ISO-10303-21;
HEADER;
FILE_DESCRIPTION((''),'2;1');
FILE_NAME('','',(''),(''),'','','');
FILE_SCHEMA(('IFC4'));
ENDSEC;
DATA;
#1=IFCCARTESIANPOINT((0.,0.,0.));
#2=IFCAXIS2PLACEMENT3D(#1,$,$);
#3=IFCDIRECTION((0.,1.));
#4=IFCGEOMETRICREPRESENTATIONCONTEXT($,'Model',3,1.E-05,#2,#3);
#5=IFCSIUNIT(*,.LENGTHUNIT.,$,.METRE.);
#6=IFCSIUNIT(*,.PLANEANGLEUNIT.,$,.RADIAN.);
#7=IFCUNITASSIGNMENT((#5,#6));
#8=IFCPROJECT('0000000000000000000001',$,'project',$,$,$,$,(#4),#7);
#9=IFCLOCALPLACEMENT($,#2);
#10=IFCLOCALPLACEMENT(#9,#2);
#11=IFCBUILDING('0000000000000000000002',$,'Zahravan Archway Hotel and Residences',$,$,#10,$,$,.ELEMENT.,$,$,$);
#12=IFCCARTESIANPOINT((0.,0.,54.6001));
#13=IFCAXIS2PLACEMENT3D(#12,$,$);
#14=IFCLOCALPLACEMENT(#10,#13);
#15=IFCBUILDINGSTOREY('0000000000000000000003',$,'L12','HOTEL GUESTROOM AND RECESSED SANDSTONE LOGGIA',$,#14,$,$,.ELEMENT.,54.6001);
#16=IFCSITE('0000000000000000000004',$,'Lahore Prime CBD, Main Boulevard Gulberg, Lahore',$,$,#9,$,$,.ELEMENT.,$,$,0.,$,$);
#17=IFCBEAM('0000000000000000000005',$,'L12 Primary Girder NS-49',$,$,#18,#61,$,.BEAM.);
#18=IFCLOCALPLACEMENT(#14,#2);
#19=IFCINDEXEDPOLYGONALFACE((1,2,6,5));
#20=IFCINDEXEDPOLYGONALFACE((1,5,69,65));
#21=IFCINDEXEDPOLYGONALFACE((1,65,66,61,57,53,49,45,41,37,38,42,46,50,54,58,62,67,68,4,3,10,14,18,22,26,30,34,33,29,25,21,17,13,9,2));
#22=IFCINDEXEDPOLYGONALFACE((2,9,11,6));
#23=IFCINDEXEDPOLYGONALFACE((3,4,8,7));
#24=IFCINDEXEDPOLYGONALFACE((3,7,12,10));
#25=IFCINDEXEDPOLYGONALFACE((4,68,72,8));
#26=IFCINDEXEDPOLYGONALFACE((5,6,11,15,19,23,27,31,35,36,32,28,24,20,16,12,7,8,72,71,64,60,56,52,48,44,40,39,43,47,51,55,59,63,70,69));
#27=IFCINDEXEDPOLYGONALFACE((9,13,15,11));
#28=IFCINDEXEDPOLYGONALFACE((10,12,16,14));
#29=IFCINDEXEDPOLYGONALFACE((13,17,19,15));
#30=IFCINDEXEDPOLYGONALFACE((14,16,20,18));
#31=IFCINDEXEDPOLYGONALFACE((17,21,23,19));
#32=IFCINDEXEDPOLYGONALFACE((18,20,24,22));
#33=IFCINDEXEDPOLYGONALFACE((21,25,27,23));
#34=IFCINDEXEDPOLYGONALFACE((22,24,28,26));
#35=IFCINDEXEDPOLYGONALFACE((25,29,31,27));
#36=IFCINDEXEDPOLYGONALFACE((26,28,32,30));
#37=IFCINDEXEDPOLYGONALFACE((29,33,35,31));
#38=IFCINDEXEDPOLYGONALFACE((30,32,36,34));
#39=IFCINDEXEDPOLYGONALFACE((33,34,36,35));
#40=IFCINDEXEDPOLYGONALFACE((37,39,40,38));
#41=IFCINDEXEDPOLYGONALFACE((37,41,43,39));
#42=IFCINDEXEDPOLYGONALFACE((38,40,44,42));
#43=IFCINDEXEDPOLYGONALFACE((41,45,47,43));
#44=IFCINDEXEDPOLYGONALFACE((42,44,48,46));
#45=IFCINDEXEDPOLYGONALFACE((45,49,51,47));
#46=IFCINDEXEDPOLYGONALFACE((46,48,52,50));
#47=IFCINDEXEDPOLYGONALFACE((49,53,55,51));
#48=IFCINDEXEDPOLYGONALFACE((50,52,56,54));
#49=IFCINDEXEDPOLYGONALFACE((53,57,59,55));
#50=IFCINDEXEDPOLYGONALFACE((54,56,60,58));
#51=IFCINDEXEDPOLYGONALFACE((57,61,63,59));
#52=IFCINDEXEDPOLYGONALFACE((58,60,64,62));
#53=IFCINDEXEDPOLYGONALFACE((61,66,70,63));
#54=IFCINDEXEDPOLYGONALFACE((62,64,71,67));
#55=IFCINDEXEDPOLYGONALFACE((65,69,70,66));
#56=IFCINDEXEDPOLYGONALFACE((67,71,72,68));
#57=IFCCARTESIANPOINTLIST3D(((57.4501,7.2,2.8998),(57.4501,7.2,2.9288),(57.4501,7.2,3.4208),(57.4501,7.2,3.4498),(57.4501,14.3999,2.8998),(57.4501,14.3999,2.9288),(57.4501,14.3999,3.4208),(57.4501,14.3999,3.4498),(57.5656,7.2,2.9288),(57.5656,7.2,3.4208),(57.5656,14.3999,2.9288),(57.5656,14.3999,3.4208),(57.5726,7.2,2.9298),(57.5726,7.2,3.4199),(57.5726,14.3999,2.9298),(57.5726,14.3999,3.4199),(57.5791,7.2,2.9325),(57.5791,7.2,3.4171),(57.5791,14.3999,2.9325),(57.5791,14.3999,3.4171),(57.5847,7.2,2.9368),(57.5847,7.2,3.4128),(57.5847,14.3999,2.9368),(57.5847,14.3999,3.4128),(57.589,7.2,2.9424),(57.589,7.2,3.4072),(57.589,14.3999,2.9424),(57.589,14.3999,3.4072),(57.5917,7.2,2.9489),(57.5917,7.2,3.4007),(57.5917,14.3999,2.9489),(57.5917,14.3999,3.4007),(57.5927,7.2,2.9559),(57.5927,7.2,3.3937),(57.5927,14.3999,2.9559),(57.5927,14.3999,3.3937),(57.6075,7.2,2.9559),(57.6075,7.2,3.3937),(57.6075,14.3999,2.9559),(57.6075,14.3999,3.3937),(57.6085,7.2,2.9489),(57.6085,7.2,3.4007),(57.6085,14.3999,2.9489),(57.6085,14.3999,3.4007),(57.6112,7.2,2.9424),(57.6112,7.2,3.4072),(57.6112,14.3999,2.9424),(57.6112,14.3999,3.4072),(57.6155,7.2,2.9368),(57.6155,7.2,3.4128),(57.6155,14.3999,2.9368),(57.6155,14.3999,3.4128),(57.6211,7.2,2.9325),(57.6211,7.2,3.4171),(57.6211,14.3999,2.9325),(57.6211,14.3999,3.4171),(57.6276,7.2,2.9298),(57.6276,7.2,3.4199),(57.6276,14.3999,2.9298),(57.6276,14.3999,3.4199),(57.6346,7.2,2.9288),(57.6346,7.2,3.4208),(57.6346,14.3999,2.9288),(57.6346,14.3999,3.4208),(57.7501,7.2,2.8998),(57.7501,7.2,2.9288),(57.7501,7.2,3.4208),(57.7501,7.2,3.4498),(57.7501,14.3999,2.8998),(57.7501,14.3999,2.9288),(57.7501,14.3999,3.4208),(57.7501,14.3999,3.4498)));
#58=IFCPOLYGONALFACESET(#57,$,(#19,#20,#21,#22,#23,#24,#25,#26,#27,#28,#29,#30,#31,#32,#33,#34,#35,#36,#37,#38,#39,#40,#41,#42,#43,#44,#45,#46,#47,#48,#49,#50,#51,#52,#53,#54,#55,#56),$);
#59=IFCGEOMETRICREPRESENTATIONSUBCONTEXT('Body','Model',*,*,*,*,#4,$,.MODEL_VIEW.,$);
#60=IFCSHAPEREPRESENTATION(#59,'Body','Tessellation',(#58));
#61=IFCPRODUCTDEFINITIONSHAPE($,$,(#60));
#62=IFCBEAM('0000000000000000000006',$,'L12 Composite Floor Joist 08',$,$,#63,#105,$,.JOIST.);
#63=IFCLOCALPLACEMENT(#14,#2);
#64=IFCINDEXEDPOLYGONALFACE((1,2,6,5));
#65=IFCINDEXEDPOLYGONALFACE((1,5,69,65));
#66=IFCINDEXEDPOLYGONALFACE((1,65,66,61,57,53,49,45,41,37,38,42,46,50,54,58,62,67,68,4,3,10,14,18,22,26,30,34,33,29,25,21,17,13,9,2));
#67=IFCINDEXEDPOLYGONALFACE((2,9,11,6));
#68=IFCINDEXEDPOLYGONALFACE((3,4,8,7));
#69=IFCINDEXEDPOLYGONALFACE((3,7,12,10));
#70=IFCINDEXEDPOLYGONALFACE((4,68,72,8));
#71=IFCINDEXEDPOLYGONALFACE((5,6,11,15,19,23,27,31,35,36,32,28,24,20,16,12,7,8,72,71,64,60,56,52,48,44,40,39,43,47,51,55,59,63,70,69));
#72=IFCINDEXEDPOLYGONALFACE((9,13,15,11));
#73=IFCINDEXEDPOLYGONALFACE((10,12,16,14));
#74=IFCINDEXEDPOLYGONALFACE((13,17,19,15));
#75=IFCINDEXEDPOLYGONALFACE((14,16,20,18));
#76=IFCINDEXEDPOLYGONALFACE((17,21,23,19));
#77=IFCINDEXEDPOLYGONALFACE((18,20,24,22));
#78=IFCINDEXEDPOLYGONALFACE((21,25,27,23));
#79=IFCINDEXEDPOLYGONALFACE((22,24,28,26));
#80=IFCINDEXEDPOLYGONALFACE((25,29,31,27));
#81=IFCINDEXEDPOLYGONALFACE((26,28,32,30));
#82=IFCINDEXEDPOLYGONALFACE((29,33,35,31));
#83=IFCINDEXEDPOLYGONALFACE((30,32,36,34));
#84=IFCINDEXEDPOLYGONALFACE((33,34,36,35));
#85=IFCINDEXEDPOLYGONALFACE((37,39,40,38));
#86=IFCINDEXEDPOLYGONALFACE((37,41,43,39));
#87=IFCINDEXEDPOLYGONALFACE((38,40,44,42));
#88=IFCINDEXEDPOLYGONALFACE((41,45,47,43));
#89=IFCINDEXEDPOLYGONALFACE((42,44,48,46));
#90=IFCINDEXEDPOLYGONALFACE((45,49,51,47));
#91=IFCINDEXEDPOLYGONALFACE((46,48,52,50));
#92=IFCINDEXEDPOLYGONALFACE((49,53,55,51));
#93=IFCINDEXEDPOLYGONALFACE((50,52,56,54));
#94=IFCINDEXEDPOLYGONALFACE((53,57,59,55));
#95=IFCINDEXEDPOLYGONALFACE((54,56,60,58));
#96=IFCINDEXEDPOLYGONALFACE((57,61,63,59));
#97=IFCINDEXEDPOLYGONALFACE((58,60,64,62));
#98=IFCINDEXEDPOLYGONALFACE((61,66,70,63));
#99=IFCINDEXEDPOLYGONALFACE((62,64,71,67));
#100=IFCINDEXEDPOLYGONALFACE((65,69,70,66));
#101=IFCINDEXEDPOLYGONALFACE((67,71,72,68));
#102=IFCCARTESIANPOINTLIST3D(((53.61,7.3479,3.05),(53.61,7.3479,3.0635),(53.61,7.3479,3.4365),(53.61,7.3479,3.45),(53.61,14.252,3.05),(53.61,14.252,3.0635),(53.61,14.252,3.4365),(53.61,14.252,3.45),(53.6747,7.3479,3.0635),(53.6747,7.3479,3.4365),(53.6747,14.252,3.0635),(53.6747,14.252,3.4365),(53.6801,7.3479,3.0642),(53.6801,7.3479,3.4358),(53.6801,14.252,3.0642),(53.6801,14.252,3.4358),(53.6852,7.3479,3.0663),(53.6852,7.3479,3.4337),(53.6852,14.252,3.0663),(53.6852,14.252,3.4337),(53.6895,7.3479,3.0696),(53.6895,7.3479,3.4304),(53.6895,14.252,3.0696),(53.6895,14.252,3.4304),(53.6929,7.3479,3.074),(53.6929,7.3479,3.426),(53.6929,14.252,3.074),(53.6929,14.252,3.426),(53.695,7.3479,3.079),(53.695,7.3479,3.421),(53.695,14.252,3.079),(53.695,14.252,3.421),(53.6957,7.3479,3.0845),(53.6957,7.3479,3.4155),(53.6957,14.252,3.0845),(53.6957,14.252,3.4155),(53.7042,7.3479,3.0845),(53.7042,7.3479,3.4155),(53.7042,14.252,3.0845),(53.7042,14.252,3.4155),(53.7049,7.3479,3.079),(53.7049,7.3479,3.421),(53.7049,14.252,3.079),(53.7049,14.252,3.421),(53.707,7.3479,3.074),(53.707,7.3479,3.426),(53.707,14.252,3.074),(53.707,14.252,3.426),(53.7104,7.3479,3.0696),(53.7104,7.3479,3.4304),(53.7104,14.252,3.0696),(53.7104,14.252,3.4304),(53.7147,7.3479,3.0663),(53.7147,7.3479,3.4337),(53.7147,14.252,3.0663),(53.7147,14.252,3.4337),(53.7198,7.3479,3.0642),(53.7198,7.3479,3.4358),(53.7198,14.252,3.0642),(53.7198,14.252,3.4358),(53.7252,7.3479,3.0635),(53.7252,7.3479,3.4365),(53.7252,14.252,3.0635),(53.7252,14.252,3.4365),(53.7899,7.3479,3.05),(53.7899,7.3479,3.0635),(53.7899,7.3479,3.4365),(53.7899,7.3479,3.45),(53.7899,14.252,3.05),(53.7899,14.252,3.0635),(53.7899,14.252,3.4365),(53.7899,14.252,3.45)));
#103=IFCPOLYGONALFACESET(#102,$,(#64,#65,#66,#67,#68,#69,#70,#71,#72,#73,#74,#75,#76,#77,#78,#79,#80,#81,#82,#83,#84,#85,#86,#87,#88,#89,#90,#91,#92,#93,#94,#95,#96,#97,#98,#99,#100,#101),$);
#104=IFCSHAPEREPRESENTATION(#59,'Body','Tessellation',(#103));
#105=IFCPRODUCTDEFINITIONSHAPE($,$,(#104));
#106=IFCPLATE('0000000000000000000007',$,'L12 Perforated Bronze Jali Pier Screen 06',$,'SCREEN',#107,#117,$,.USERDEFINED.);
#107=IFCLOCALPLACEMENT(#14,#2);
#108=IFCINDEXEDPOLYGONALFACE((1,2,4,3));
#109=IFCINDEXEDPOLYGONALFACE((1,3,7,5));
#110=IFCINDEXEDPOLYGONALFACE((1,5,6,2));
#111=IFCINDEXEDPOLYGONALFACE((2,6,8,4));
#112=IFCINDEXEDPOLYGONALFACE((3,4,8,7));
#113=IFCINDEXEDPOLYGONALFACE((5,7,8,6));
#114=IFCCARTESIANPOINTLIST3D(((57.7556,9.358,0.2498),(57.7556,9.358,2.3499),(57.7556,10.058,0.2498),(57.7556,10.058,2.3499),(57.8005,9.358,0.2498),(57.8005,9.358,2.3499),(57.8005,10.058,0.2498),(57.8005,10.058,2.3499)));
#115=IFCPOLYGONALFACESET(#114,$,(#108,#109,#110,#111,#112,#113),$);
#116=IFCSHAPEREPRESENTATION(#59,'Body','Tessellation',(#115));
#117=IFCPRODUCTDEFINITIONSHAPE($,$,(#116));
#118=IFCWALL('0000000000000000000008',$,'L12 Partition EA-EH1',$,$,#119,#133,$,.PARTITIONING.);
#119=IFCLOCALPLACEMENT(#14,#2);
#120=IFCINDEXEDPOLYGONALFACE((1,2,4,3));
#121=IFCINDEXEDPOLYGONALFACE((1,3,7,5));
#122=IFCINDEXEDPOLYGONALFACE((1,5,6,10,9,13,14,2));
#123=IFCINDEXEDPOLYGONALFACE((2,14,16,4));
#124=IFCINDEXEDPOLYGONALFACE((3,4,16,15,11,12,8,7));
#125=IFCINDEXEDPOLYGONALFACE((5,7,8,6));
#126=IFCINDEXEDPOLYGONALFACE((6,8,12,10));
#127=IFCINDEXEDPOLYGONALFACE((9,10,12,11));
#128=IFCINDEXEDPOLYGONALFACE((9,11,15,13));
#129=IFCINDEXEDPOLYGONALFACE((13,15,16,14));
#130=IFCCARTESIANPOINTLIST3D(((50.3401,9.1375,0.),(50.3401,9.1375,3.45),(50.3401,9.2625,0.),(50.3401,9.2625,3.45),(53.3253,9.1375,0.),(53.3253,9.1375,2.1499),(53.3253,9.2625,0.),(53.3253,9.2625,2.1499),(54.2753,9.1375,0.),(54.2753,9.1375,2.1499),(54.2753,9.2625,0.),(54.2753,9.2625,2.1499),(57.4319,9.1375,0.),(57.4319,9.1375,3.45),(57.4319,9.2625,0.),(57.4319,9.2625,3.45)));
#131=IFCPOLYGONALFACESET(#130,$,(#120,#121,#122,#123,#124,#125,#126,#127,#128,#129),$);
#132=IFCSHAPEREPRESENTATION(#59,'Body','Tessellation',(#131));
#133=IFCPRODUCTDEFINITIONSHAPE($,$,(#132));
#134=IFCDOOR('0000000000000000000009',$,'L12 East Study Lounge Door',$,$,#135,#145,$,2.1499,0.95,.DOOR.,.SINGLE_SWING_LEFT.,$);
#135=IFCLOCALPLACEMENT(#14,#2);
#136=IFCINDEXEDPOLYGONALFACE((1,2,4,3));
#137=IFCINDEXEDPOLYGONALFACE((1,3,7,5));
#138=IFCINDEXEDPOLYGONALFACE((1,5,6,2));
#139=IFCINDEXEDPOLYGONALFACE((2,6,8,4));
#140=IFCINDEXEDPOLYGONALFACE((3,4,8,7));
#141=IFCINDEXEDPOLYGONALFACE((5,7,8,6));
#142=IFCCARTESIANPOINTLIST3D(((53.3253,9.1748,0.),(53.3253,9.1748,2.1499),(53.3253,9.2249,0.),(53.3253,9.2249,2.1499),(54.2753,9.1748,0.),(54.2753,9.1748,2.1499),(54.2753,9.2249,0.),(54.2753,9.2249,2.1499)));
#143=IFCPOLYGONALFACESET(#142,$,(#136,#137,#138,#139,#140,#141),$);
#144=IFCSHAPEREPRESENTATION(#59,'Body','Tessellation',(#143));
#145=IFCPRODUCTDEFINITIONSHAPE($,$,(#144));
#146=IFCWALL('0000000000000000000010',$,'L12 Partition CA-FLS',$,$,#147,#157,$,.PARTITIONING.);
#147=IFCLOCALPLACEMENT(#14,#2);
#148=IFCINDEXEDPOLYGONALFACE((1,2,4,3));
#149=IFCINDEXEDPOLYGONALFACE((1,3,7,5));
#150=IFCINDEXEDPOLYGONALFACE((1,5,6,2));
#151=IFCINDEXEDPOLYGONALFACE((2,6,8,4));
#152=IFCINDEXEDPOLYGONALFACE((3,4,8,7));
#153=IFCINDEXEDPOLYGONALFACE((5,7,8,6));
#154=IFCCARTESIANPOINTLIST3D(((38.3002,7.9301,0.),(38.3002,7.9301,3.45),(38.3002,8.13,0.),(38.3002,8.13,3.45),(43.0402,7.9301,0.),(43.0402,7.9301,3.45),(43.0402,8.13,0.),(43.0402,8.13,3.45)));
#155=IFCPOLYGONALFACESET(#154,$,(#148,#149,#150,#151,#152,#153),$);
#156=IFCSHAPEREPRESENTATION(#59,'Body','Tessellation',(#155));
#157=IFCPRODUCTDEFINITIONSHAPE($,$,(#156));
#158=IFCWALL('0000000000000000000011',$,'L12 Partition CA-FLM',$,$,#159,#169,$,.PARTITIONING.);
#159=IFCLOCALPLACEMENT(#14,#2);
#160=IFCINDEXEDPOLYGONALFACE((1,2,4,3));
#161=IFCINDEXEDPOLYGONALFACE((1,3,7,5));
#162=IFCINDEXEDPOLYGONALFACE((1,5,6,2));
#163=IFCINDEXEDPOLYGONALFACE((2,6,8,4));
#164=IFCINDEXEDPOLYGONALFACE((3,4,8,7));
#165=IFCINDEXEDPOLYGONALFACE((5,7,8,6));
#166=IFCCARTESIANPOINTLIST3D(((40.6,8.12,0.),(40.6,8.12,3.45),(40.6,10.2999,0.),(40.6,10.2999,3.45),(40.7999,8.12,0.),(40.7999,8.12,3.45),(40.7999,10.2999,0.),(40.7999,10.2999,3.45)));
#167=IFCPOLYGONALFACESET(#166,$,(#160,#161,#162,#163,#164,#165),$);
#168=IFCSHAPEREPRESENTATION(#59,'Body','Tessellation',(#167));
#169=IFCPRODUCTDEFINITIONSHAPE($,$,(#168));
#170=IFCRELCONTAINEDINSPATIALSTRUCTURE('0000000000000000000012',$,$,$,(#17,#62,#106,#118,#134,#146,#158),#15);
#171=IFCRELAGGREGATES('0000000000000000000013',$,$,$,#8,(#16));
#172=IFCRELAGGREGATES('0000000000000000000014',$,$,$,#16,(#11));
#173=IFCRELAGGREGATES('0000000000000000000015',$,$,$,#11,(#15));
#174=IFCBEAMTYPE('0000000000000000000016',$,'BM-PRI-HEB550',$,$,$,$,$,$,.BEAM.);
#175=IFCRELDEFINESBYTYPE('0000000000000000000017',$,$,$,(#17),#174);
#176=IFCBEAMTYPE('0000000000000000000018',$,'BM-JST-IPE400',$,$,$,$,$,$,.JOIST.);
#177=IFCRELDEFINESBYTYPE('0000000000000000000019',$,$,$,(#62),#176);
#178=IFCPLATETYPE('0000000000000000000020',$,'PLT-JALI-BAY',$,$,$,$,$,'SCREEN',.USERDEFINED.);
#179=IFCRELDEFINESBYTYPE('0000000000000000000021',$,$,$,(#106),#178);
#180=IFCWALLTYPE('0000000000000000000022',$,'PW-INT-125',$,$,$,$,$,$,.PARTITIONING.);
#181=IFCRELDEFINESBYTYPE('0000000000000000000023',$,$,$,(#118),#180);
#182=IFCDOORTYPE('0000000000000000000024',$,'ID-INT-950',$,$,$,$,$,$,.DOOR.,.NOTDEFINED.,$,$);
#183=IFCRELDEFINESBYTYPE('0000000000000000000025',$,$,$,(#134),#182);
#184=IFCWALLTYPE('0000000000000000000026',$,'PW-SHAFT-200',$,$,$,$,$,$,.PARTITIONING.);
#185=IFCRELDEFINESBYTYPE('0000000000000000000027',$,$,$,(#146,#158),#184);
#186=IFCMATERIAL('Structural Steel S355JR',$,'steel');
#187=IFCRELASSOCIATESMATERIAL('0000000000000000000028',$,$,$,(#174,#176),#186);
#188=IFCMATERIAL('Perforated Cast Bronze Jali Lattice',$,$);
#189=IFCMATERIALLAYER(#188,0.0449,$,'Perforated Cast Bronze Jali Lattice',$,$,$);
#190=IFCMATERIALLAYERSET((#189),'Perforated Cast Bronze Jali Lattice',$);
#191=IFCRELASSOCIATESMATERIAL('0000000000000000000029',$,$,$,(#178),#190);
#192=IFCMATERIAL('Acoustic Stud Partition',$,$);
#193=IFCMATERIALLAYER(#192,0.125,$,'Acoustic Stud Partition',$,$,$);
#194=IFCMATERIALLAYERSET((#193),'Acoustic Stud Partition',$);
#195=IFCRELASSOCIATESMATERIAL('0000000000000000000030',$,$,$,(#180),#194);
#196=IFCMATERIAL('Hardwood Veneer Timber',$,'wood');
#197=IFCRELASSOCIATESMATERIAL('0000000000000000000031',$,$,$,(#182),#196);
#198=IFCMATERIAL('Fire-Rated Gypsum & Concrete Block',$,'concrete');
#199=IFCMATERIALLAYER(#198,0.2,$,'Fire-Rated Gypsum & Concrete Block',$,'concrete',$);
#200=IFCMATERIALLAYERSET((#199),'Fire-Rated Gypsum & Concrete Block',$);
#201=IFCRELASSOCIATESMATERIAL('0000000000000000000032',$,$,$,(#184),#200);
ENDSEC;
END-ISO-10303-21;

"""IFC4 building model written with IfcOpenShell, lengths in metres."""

from ifc_helpers import new_model, si_unit, direction, frame, frame_2d, origin, origin_2d, place, context, subcontext, project, spatial, rectangle, i_section, extrude, source, transform, mapped, material, layer, layer_set, material_profile, profile_set, type_object, type_shapes, element, fill, save


model = new_model("IFC4")

# Units and contexts
model_context = context("Model", 3, precision=1e-05, world=origin(), true_north=direction((0.0, 1.0)))
body_context = subcontext(model_context, "Body", "Model", "MODEL_VIEW")
ifc_project = project(units=[si_unit("LENGTHUNIT", "METRE"), si_unit("PLANEANGLEUNIT", "RADIAN")], contexts=[model_context])

# Site, building, storey
site_placement = place(None, origin())
site = spatial("IfcSite", under=ifc_project, at=site_placement, Name="Lahore Prime CBD, Main Boulevard Gulberg, Lahore", CompositionType="ELEMENT", RefElevation=0.0)
building_placement = place(site_placement, origin())
building = spatial("IfcBuilding", under=site, at=building_placement, Name="Zahravan Archway Hotel and Residences", CompositionType="ELEMENT")
storey_placement = place(building_placement, frame((0.0, 0.0, 54.6001)))
storey = spatial("IfcBuildingStorey", under=building, at=storey_placement, Name="L12", Description="HOTEL GUESTROOM AND RECESSED SANDSTONE LOGGIA", CompositionType="ELEMENT", Elevation=54.6001)

# Beams
ifc_material_1 = material(Name="Structural Steel S355JR", Category="steel")
ifc_material_profile_1 = material_profile(ifc_material_1, i_section(OverallWidth=0.3, OverallDepth=0.55, WebThickness=0.0149, FlangeThickness=0.0291, FilletRadius=0.0271, at=origin_2d()), Name="HEB 550", Category="steel")
ifc_profile_set_1 = profile_set([ifc_material_profile_1], Name="Structural Steel S355JR")
beam_type_1 = type_object("IfcBeamType", Name="BM-PRI-HEB550", PredefinedType="BEAM", material=ifc_profile_set_1)
shared_shape_1 = source(origin(), body_context, "Body", "SweptSolid", [
    extrude(i_section(OverallWidth=0.3, OverallDepth=0.55, WebThickness=0.0149, FlangeThickness=0.0291, FilletRadius=0.0271, at=origin_2d()), origin(), (0.0, 0.0, 1.0), 7.2),
])
beam_1_placement = place(storey_placement, frame((57.6001, 7.2, 3.1748), z_axis=(0.0, 1.0, 0.0), x_axis=(-1.0, 0.0, 0.0)))
element("IfcBeam", 1, at=beam_1_placement, inside=storey, type_object=beam_type_1, Name="L12 Primary Girder NS-49", PredefinedType="BEAM", context=body_context, shape_type="MappedRepresentation", body=[
    mapped(shared_shape_1, transform((0.0, 0.0, 0.0), scale=1.0)),
])
ifc_material_profile_2 = material_profile(ifc_material_1, i_section(OverallWidth=0.1799, OverallDepth=0.3999, WebThickness=0.0085, FlangeThickness=0.0134, FilletRadius=0.021, at=origin_2d()), Name="IPE 400", Category="steel")
ifc_profile_set_2 = profile_set([ifc_material_profile_2], Name="Structural Steel S355JR")
beam_type_2 = type_object("IfcBeamType", Name="BM-JST-IPE400", PredefinedType="JOIST", material=ifc_profile_set_2)
shared_shape_2 = source(origin(), body_context, "Body", "SweptSolid", [
    extrude(i_section(OverallWidth=0.1799, OverallDepth=0.3999, WebThickness=0.0085, FlangeThickness=0.0134, FilletRadius=0.021, at=origin_2d()), origin(), (0.0, 0.0, 1.0), 6.9041),
])
type_shapes(beam_type_2, [shared_shape_2])
beam_2_placement = place(storey_placement, frame((53.7, 7.3479, 3.25), z_axis=(0.0, 1.0, 0.0), x_axis=(-1.0, 0.0, 0.0)))
element("IfcBeam", 2, at=beam_2_placement, inside=storey, type_object=beam_type_2, Name="L12 Composite Floor Joist 08", PredefinedType="JOIST", context=body_context, shape_type="MappedRepresentation", body=[
    mapped(shared_shape_2, transform((0.0, 0.0, 0.0), scale=1.0)),
])

# Plate
ifc_material_2 = material(Name="Perforated Cast Bronze Jali Lattice")
ifc_layer_1 = layer(ifc_material_2, 0.0449, Name="Perforated Cast Bronze Jali Lattice")
ifc_layer_set_1 = layer_set([ifc_layer_1], Name="Perforated Cast Bronze Jali Lattice")
plate_type = type_object("IfcPlateType", Name="PLT-JALI-BAY", ElementType="SCREEN", PredefinedType="USERDEFINED", material=ifc_layer_set_1)
shared_shape_3 = source(origin(), body_context, "Body", "SweptSolid", [
    extrude(rectangle(XDim=0.7, YDim=0.0449, at=origin_2d()), origin(), (0.0, 0.0, 1.0), 2.1001),
])
type_shapes(plate_type, [shared_shape_3])
plate_placement = place(storey_placement, frame((57.7781, 9.708, 0.2498), z_axis=(0.0, 0.0, 1.0), x_axis=(0.0, 1.0, 0.0)))
element("IfcPlate", 3, at=plate_placement, inside=storey, type_object=plate_type, Name="L12 Perforated Bronze Jali Pier Screen 06", ObjectType="SCREEN", PredefinedType="USERDEFINED", context=body_context, shape_type="MappedRepresentation", body=[
    mapped(shared_shape_3, transform((0.0, 0.0, 0.0), scale=1.0)),
])

# Wall, opening, door
ifc_material_3 = material(Name="Fire-Rated Gypsum & Concrete Block", Category="concrete")
ifc_material_4 = material(Name="Acoustic Stud Partition")
ifc_layer_2 = layer(ifc_material_4, 0.125, Name="Acoustic Stud Partition")
ifc_layer_set_2 = layer_set([ifc_layer_2], Name="Acoustic Stud Partition")
wall_type_1 = type_object("IfcWallType", Name="PW-INT-125", PredefinedType="PARTITIONING", material=ifc_layer_set_2)
wall_1_placement = place(storey_placement, frame((50.3401, 9.2, 0.0), z_axis=(0.0, 0.0, 1.0), x_axis=(1.0, 0.0, 0.0)))
wall_1 = element("IfcWall", 4, at=wall_1_placement, inside=storey, type_object=wall_type_1, Name="L12 Partition EA-EH1", PredefinedType="PARTITIONING", context=body_context, shape_type="SweptSolid", body=[
    extrude(rectangle(XDim=7.0918, YDim=0.125, at=frame_2d((3.5459, 0.0))), origin(), (0.0, 0.0, 1.0), 3.45),
])
opening_1_placement = place(wall_1_placement, frame((2.9851, 0.0, 0.0)))
opening_1 = element("IfcOpeningElement", 5, at=opening_1_placement, cuts=wall_1, PredefinedType="OPENING", context=body_context, shape_type="SweptSolid", body=[
    extrude(rectangle(XDim=0.95, YDim=2.1499, at=frame_2d((0.4751, 1.075))), frame((0.0, 0.0725, 0.0), z_axis=(0.0, -1.0, 0.0), x_axis=(1.0, 0.0, 0.0)), (0.0, 0.0, 1.0), 0.145),
])
ifc_material_5 = material(Name="Hardwood Veneer Timber", Category="wood")
door_type_1 = type_object("IfcDoorType", Name="ID-INT-950", OperationType="NOTDEFINED", PredefinedType="DOOR", material=ifc_material_5)
shared_shape_4 = source(origin(), body_context, "Body", "SweptSolid", [
    extrude(rectangle(XDim=0.95, YDim=2.1499, at=frame_2d((0.4751, 1.075))), frame((0.0, 0.0249, 0.0), z_axis=(0.0, -1.0, 0.0), x_axis=(1.0, 0.0, 0.0)), (0.0, 0.0, 1.0), 0.05),
])
type_shapes(door_type_1, [shared_shape_4])
door_1_placement = place(opening_1_placement, origin())
door_1 = element("IfcDoor", 6, at=door_1_placement, inside=storey, type_object=door_type_1, Name="L12 East Study Lounge Door", OperationType="SINGLE_SWING_LEFT", OverallHeight=2.1499, OverallWidth=0.95, PredefinedType="DOOR", context=body_context, shape_type="MappedRepresentation", body=[
    mapped(shared_shape_4, transform((0.0, 0.0, 0.0), scale=1.0)),
])
fill(opening_1, door_1)

# Walls
ifc_layer_3 = layer(ifc_material_3, 0.2, Name="Fire-Rated Gypsum & Concrete Block", Category="concrete")
ifc_layer_set_3 = layer_set([ifc_layer_3], Name="Fire-Rated Gypsum & Concrete Block")
wall_type_2 = type_object("IfcWallType", Name="PW-SHAFT-200", PredefinedType="PARTITIONING", material=ifc_layer_set_3)
wall_2_placement = place(storey_placement, frame((38.3, 8.03, 0.0), z_axis=(0.0, 0.0, 1.0), x_axis=(1.0, 0.0, 0.0)))
element("IfcWall", 7, at=wall_2_placement, inside=storey, type_object=wall_type_2, Name="L12 Partition CA-FLS", PredefinedType="PARTITIONING", context=body_context, shape_type="SweptSolid", body=[
    extrude(rectangle(XDim=4.74, YDim=0.2, at=frame_2d((2.3701, 0.0))), origin(), (0.0, 0.0, 1.0), 3.45),
])
wall_3_placement = place(storey_placement, frame((40.7, 8.1201, 0.0), z_axis=(0.0, 0.0, 1.0), x_axis=(0.0, 1.0, 0.0)))
element("IfcWall", 8, at=wall_3_placement, inside=storey, type_object=wall_type_2, Name="L12 Partition CA-FLM", PredefinedType="PARTITIONING", context=body_context, shape_type="SweptSolid", body=[
    extrude(rectangle(XDim=2.1799, YDim=0.2, at=frame_2d((1.0898, 0.0))), origin(), (0.0, 0.0, 1.0), 3.45),
])

save(model, "model.ifc")
